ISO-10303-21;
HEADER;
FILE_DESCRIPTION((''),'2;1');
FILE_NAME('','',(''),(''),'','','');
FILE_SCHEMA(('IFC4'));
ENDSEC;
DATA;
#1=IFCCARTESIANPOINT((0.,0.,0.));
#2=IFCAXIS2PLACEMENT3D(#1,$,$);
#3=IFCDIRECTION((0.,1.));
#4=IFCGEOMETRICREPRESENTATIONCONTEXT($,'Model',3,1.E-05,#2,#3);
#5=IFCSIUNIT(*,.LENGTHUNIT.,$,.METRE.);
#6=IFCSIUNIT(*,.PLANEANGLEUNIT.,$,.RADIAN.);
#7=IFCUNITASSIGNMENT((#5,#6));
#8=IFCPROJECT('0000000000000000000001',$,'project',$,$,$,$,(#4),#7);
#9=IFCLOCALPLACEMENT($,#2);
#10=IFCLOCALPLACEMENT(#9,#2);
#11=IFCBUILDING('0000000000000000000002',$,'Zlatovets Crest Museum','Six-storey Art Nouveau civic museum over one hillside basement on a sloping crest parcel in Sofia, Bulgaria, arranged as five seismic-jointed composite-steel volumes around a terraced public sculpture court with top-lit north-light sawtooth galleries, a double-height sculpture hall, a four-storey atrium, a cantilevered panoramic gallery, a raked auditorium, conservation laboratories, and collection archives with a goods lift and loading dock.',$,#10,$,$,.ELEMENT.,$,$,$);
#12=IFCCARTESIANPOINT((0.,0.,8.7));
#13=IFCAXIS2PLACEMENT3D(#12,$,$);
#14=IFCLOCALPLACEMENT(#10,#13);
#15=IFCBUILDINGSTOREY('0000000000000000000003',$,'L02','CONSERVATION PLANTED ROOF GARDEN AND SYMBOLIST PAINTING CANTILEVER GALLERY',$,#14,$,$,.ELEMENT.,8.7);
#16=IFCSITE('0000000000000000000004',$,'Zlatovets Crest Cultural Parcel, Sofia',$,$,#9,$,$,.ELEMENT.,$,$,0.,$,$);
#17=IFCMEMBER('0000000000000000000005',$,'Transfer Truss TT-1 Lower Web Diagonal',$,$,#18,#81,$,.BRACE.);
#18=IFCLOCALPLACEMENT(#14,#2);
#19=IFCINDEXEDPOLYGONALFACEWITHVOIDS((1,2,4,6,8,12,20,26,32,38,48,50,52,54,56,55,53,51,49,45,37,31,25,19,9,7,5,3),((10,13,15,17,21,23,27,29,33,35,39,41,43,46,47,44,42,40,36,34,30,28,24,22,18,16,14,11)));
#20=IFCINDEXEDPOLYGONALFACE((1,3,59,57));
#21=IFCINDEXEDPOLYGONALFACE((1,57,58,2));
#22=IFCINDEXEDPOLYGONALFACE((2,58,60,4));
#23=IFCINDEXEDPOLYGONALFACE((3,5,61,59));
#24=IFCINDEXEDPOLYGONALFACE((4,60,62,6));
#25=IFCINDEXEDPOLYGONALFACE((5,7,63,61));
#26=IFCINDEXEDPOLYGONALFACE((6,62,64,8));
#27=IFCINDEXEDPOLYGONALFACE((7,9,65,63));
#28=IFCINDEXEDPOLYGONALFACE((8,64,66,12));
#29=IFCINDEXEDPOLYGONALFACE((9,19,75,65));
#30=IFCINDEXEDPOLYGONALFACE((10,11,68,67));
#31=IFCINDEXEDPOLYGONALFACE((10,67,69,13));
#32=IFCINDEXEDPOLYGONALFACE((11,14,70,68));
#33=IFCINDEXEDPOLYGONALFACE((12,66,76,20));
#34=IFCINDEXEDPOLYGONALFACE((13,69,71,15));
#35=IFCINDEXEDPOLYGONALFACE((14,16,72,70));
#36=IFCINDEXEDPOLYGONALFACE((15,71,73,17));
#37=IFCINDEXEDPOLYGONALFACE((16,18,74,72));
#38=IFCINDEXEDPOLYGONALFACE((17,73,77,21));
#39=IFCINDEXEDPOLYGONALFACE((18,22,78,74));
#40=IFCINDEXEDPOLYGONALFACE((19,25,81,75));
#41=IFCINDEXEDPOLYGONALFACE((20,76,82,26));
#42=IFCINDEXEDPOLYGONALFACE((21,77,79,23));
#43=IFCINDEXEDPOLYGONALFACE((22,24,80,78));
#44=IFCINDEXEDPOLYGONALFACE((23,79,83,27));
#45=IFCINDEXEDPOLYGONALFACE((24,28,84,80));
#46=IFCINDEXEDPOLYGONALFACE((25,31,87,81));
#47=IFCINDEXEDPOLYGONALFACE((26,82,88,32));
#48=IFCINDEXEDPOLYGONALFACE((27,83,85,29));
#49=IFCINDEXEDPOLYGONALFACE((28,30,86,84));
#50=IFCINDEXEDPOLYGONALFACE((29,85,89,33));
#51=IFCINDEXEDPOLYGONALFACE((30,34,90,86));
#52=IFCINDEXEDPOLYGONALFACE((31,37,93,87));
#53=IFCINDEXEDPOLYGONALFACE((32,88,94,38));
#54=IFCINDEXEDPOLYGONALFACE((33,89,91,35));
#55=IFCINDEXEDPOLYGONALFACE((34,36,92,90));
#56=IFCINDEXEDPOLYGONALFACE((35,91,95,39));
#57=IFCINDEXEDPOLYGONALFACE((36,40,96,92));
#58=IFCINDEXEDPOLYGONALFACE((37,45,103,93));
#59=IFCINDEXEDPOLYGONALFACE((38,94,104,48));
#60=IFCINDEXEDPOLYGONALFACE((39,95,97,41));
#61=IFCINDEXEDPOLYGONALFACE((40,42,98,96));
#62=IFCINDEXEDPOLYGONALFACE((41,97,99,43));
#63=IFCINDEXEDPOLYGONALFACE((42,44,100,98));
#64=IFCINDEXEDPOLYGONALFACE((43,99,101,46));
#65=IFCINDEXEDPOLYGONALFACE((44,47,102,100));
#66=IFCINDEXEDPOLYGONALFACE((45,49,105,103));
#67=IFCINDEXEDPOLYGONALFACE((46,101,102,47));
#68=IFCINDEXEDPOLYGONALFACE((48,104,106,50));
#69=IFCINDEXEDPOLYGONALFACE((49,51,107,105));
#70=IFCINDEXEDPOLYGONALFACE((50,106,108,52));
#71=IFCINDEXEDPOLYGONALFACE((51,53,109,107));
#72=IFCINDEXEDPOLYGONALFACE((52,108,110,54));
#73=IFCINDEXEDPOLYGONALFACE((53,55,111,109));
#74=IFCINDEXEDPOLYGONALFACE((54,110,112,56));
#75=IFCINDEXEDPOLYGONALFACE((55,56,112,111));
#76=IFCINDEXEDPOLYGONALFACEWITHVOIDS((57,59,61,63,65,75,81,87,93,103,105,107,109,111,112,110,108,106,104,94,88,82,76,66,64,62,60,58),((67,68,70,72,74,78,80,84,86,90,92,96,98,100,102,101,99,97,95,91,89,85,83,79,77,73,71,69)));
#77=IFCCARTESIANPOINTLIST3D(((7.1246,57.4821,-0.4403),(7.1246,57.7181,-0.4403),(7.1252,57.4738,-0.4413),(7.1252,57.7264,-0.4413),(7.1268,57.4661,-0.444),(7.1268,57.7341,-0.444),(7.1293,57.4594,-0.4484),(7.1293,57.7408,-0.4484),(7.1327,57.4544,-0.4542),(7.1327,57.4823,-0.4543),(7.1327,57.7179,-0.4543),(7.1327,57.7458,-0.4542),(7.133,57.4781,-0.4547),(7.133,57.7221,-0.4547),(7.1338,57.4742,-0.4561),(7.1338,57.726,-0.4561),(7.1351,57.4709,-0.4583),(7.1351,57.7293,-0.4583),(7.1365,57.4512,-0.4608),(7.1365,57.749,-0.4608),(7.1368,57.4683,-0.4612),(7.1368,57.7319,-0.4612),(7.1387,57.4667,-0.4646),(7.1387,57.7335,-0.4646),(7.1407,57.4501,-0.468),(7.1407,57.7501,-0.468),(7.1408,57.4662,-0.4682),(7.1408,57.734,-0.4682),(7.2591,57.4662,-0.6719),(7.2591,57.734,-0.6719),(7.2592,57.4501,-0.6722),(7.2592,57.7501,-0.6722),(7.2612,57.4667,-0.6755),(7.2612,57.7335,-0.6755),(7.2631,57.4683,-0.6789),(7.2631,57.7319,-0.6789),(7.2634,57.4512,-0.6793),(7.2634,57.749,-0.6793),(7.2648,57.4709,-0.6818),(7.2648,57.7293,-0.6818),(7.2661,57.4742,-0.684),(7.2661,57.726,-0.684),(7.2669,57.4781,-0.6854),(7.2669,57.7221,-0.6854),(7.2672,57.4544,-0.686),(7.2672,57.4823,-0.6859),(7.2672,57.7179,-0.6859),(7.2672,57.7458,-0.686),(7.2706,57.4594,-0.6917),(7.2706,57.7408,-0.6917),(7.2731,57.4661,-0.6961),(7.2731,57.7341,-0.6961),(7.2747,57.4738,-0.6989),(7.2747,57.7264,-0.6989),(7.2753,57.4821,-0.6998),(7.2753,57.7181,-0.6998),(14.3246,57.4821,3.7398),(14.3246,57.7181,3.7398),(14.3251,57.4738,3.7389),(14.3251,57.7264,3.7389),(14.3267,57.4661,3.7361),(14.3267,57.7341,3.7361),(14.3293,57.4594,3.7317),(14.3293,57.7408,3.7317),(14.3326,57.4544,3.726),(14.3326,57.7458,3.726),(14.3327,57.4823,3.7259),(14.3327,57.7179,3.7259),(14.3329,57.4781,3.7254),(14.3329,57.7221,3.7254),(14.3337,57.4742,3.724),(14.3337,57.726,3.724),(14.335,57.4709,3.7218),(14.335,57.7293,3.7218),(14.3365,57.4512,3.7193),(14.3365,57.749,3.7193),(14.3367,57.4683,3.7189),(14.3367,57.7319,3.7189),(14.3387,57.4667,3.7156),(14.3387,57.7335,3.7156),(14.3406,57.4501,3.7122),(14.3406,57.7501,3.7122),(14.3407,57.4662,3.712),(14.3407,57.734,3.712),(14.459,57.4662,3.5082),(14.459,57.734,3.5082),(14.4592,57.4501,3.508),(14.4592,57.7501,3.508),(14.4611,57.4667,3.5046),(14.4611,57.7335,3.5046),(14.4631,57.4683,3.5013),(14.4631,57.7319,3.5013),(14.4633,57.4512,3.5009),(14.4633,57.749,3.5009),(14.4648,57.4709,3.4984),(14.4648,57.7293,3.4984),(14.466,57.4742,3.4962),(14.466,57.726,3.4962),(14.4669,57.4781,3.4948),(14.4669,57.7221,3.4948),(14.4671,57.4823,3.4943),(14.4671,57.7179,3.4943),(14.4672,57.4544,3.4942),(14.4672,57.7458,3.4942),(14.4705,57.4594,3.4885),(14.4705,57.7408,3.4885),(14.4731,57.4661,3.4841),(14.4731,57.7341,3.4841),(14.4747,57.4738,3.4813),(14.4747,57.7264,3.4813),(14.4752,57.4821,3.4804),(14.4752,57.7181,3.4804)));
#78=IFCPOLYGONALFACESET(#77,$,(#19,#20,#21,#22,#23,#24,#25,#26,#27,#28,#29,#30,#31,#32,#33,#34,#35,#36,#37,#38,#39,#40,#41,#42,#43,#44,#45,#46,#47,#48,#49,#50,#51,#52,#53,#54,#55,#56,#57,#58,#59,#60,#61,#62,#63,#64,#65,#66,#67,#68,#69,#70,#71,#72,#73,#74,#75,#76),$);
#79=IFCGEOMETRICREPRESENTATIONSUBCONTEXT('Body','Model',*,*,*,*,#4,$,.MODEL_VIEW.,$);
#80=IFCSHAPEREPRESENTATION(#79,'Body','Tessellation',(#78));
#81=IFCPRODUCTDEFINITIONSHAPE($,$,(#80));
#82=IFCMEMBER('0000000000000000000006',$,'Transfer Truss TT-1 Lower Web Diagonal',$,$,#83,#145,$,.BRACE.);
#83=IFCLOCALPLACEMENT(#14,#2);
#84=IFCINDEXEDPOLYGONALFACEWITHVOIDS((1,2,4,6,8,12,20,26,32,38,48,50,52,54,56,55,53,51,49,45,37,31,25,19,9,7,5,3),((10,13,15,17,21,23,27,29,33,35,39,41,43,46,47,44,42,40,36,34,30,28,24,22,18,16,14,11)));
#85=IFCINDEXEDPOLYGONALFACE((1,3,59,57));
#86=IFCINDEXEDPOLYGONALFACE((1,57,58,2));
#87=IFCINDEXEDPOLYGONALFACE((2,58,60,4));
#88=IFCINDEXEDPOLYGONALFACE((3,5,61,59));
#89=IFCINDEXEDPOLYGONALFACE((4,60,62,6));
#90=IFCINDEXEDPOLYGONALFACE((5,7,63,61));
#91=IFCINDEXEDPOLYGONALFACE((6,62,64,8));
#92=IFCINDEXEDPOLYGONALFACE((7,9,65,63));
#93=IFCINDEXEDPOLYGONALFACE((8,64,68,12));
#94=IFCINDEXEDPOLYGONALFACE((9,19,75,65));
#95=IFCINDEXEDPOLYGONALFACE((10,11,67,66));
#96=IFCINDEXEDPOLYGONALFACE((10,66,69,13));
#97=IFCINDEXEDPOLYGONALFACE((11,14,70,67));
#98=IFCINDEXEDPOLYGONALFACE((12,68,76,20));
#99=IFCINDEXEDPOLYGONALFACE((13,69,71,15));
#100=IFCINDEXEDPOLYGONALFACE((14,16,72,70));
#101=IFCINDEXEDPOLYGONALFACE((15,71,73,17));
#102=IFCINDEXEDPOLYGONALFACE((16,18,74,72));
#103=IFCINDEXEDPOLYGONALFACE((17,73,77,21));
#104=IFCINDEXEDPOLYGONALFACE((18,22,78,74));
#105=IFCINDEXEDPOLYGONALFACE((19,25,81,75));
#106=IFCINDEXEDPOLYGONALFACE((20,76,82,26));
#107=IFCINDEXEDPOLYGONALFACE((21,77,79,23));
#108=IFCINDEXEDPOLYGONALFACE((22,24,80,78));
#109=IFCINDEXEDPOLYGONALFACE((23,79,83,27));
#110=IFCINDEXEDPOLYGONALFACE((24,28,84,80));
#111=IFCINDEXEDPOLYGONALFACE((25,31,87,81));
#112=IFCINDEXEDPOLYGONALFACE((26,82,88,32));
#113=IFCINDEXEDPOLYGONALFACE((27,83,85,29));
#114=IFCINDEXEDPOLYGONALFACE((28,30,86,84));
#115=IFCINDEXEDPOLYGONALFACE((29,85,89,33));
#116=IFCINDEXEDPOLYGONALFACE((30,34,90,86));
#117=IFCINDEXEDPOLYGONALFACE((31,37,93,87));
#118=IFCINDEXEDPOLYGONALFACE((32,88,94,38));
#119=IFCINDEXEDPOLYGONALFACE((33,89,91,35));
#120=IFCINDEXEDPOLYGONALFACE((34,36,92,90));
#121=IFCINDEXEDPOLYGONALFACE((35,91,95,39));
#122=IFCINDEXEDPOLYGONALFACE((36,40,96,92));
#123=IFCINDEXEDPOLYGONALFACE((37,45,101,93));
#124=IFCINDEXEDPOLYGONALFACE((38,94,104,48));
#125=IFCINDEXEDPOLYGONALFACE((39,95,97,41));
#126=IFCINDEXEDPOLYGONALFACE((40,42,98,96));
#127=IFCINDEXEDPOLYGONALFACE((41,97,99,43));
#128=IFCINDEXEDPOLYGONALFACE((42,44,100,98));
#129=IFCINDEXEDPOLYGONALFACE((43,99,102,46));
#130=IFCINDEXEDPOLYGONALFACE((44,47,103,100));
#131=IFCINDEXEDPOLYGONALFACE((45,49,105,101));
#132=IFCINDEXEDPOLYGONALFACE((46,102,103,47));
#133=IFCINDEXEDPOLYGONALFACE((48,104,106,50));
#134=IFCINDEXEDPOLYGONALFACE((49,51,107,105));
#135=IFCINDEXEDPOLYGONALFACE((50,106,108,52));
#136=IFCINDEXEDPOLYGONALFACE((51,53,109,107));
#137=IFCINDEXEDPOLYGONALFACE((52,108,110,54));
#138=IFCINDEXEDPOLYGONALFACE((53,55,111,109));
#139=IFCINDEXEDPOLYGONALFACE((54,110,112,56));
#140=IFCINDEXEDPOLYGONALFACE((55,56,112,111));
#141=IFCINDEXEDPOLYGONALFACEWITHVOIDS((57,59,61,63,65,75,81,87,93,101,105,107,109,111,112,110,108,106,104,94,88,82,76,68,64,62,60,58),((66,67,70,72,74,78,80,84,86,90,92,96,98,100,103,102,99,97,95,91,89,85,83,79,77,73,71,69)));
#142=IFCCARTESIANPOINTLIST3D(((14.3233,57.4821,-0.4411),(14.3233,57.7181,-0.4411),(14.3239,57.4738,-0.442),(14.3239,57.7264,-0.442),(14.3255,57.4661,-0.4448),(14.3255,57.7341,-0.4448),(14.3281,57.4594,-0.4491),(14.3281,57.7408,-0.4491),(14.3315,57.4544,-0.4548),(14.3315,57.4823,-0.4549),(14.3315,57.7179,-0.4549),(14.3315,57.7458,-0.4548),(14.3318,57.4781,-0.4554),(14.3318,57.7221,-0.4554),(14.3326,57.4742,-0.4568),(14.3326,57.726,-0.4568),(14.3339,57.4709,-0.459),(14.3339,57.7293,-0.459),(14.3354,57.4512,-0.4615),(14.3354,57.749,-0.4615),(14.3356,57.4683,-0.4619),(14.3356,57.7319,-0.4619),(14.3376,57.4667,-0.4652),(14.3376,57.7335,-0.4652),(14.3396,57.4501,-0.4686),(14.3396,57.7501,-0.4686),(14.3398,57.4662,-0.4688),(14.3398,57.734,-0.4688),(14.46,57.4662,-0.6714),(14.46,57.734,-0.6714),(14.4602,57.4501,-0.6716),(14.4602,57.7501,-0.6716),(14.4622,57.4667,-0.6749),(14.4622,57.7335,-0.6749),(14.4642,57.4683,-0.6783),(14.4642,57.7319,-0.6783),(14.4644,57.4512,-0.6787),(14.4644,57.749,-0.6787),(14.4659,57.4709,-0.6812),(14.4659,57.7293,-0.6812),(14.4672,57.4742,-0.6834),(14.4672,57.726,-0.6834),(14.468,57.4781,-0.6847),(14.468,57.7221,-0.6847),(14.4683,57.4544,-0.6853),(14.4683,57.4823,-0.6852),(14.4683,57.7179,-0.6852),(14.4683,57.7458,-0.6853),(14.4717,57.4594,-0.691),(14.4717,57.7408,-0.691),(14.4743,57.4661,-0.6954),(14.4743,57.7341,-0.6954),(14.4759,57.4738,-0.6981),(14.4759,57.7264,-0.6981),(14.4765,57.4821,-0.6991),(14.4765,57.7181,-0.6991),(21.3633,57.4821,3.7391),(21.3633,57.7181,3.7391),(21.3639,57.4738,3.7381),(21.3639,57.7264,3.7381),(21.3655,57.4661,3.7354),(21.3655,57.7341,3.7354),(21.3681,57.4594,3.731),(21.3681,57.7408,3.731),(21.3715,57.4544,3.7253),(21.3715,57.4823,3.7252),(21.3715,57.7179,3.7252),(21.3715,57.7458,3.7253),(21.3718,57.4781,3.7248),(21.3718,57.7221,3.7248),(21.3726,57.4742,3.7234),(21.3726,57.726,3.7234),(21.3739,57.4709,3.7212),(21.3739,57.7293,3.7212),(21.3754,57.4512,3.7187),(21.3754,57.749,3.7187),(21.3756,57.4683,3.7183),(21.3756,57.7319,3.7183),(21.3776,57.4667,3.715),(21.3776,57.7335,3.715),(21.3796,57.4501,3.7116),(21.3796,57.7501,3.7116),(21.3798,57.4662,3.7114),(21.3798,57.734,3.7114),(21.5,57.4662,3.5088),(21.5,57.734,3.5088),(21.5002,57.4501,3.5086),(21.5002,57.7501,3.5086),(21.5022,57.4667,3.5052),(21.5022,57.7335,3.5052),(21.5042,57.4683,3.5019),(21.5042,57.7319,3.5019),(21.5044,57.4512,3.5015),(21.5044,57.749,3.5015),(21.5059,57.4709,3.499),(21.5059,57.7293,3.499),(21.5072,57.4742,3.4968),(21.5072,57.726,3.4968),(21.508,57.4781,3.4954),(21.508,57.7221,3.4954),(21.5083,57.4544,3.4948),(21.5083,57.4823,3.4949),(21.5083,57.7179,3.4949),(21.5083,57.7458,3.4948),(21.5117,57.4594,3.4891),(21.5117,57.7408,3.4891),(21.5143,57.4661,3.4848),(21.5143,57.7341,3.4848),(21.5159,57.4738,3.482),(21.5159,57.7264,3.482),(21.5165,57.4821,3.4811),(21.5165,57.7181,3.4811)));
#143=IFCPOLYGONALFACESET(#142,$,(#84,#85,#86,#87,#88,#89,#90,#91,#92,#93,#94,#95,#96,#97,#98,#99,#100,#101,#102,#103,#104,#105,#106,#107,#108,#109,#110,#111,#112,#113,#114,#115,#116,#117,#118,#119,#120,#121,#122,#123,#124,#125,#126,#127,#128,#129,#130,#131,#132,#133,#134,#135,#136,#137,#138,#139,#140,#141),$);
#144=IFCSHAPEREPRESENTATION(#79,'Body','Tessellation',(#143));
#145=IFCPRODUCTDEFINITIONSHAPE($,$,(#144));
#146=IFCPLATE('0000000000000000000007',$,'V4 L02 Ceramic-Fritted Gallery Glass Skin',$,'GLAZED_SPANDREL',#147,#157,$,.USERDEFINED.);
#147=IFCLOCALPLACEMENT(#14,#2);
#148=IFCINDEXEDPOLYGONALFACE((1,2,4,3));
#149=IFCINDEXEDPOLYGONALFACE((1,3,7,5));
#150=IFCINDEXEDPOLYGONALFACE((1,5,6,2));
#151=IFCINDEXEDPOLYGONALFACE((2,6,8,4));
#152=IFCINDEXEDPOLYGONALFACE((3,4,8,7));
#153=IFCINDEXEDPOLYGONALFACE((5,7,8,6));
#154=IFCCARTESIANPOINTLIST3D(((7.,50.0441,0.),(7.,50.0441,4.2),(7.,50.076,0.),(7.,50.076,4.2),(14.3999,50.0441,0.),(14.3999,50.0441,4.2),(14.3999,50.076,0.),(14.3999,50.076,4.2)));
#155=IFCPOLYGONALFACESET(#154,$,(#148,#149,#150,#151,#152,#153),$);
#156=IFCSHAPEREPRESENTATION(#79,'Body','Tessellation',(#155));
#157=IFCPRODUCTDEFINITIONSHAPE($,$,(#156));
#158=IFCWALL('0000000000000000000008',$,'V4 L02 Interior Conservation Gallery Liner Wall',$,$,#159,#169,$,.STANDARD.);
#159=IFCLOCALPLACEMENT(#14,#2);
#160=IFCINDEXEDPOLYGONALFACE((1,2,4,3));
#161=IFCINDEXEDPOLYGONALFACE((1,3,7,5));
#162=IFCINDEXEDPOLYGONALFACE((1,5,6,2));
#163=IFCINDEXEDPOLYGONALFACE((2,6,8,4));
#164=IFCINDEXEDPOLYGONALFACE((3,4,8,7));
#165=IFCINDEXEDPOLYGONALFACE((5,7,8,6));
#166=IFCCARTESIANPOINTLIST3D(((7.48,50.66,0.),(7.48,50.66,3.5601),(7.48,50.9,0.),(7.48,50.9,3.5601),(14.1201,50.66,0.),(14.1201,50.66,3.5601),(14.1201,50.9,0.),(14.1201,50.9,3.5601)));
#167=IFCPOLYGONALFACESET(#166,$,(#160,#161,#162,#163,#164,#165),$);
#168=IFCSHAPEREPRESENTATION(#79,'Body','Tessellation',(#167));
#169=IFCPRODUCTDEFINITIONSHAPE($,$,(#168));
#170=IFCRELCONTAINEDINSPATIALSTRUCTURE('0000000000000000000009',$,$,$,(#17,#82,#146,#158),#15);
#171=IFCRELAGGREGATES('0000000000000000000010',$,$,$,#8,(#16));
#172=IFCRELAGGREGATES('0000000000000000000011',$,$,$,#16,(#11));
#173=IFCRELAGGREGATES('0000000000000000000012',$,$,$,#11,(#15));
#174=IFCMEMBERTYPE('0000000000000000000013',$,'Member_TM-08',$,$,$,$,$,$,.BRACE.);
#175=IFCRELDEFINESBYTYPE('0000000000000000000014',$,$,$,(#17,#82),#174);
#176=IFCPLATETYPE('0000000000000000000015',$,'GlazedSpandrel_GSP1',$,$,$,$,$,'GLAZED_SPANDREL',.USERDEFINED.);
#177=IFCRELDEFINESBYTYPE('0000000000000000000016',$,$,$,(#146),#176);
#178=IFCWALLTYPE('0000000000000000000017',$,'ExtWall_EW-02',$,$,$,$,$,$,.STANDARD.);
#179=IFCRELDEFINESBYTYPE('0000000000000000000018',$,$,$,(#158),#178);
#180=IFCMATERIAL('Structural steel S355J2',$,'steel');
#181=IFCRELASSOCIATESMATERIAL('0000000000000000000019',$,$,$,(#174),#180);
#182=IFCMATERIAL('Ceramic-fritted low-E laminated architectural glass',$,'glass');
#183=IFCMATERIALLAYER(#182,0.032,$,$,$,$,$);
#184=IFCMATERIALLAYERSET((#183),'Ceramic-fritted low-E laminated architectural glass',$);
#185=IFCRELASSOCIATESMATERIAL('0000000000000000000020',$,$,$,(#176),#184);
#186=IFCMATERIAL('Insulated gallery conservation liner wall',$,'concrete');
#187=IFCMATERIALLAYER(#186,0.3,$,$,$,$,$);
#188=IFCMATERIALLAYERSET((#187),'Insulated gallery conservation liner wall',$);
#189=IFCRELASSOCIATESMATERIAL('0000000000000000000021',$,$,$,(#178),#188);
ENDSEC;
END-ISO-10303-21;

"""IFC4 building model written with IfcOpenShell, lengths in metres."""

from ifc_helpers import new_model, si_unit, direction, frame, frame_2d, origin, origin_2d, place, context, subcontext, project, spatial, rectangle, hollow_rectangle, extrude, material, layer, layer_set, material_profile, profile_set, type_object, element, save


model = new_model("IFC4")

# Units and contexts
model_context = context("Model", 3, precision=1e-05, world=origin(), true_north=direction((0.0, 1.0)))
body_context = subcontext(model_context, "Body", "Model", "MODEL_VIEW")
ifc_project = project(units=[si_unit("LENGTHUNIT", "METRE"), si_unit("PLANEANGLEUNIT", "RADIAN")], contexts=[model_context])

# Site, building, storey
site_placement = place(None, origin())
site = spatial("IfcSite", under=ifc_project, at=site_placement, Name="Zlatovets Crest Cultural Parcel, Sofia", CompositionType="ELEMENT", RefElevation=0.0)
building_placement = place(site_placement, origin())
building = spatial("IfcBuilding", under=site, at=building_placement, Name="Zlatovets Crest Museum", Description="Six-storey Art Nouveau civic museum over one hillside basement on a sloping crest parcel in Sofia, Bulgaria, arranged as five seismic-jointed composite-steel volumes around a terraced public sculpture court with top-lit north-light sawtooth galleries, a double-height sculpture hall, a four-storey atrium, a cantilevered panoramic gallery, a raked auditorium, conservation laboratories, and collection archives with a goods lift and loading dock.", CompositionType="ELEMENT")
storey_placement = place(building_placement, frame((0.0, 0.0, 8.7)))
storey = spatial("IfcBuildingStorey", under=building, at=storey_placement, Name="L02", Description="CONSERVATION PLANTED ROOF GARDEN AND SYMBOLIST PAINTING CANTILEVER GALLERY", CompositionType="ELEMENT", Elevation=8.7)

# Shared definitions
ifc_material_1 = material(Name="Structural steel S355J2", Category="steel")

# Members
ifc_material_profile_1 = material_profile(ifc_material_1, hollow_rectangle(XDim=0.3, YDim=0.3, WallThickness=0.0161, InnerFilletRadius=0.0161, OuterFilletRadius=0.032, at=origin_2d()), Name="SHS 300x300x16.0")
ifc_profile_set_1 = profile_set([ifc_material_profile_1], Name="Structural steel S355J2")
member_type_1 = type_object("IfcMemberType", Name="Member_TM-08", PredefinedType="BRACE", material=ifc_profile_set_1)
member_1_placement = place(storey_placement, frame((7.2, 57.6001, -0.5701), z_axis=(0.864812, 0.0, 0.502096), x_axis=(0.0, 1.0, 0.0)))
element("IfcMember", 1, at=member_1_placement, inside=storey, type_object=member_type_1, Name="Transfer Truss TT-1 Lower Web Diagonal", PredefinedType="BRACE", context=body_context, shape_type="SweptSolid", body=[
    extrude(hollow_rectangle(XDim=0.3, YDim=0.3, WallThickness=0.0161, InnerFilletRadius=0.0161, OuterFilletRadius=0.032, at=origin_2d()), origin(), (0.0, 0.0, 1.0), 8.3254),
])
member_2_placement = place(storey_placement, frame((14.3999, 57.6001, -0.5701), z_axis=(0.859847, 0.0, 0.510553), x_axis=(0.0, 1.0, 0.0)))
element("IfcMember", 2, at=member_2_placement, inside=storey, type_object=member_type_1, Name="Transfer Truss TT-1 Lower Web Diagonal", PredefinedType="BRACE", context=body_context, shape_type="SweptSolid", body=[
    extrude(hollow_rectangle(XDim=0.3, YDim=0.3, WallThickness=0.0161, InnerFilletRadius=0.0161, OuterFilletRadius=0.032, at=origin_2d()), origin(), (0.0, 0.0, 1.0), 8.1875),
])

# Plate
ifc_material_2 = material(Name="Ceramic-fritted low-E laminated architectural glass", Category="glass")
ifc_layer_1 = layer(ifc_material_2, 0.032)
ifc_layer_set_1 = layer_set([ifc_layer_1], Name="Ceramic-fritted low-E laminated architectural glass")
plate_type = type_object("IfcPlateType", Name="GlazedSpandrel_GSP1", ElementType="GLAZED_SPANDREL", PredefinedType="USERDEFINED", material=ifc_layer_set_1)
plate_placement = place(storey_placement, frame((10.7, 50.0601, 0.0), z_axis=(0.0, 0.0, 1.0), x_axis=(1.0, 0.0, 0.0)))
element("IfcPlate", 3, at=plate_placement, inside=storey, type_object=plate_type, Name="V4 L02 Ceramic-Fritted Gallery Glass Skin", ObjectType="GLAZED_SPANDREL", PredefinedType="USERDEFINED", context=body_context, shape_type="SweptSolid", body=[
    extrude(rectangle(XDim=7.3999, YDim=0.032, at=origin_2d()), origin(), (0.0, 0.0, 1.0), 4.2),
])

# Wall
ifc_material_3 = material(Name="Insulated gallery conservation liner wall", Category="concrete")
ifc_layer_2 = layer(ifc_material_3, 0.3)
ifc_layer_set_2 = layer_set([ifc_layer_2], Name="Insulated gallery conservation liner wall")
wall_type_1 = type_object("IfcWallType", Name="ExtWall_EW-02", PredefinedType="STANDARD", material=ifc_layer_set_2)
wall_1_placement = place(storey_placement, frame((7.48, 50.78, 0.0), z_axis=(0.0, 0.0, 1.0), x_axis=(1.0, 0.0, 0.0)))
element("IfcWall", 4, at=wall_1_placement, inside=storey, type_object=wall_type_1, Name="V4 L02 Interior Conservation Gallery Liner Wall", PredefinedType="STANDARD", context=body_context, shape_type="SweptSolid", body=[
    extrude(rectangle(XDim=6.6401, YDim=0.24, at=frame_2d((3.3201, 0.0))), origin(), (0.0, 0.0, 1.0), 3.5601),
])

save(model, "model.ifc")
